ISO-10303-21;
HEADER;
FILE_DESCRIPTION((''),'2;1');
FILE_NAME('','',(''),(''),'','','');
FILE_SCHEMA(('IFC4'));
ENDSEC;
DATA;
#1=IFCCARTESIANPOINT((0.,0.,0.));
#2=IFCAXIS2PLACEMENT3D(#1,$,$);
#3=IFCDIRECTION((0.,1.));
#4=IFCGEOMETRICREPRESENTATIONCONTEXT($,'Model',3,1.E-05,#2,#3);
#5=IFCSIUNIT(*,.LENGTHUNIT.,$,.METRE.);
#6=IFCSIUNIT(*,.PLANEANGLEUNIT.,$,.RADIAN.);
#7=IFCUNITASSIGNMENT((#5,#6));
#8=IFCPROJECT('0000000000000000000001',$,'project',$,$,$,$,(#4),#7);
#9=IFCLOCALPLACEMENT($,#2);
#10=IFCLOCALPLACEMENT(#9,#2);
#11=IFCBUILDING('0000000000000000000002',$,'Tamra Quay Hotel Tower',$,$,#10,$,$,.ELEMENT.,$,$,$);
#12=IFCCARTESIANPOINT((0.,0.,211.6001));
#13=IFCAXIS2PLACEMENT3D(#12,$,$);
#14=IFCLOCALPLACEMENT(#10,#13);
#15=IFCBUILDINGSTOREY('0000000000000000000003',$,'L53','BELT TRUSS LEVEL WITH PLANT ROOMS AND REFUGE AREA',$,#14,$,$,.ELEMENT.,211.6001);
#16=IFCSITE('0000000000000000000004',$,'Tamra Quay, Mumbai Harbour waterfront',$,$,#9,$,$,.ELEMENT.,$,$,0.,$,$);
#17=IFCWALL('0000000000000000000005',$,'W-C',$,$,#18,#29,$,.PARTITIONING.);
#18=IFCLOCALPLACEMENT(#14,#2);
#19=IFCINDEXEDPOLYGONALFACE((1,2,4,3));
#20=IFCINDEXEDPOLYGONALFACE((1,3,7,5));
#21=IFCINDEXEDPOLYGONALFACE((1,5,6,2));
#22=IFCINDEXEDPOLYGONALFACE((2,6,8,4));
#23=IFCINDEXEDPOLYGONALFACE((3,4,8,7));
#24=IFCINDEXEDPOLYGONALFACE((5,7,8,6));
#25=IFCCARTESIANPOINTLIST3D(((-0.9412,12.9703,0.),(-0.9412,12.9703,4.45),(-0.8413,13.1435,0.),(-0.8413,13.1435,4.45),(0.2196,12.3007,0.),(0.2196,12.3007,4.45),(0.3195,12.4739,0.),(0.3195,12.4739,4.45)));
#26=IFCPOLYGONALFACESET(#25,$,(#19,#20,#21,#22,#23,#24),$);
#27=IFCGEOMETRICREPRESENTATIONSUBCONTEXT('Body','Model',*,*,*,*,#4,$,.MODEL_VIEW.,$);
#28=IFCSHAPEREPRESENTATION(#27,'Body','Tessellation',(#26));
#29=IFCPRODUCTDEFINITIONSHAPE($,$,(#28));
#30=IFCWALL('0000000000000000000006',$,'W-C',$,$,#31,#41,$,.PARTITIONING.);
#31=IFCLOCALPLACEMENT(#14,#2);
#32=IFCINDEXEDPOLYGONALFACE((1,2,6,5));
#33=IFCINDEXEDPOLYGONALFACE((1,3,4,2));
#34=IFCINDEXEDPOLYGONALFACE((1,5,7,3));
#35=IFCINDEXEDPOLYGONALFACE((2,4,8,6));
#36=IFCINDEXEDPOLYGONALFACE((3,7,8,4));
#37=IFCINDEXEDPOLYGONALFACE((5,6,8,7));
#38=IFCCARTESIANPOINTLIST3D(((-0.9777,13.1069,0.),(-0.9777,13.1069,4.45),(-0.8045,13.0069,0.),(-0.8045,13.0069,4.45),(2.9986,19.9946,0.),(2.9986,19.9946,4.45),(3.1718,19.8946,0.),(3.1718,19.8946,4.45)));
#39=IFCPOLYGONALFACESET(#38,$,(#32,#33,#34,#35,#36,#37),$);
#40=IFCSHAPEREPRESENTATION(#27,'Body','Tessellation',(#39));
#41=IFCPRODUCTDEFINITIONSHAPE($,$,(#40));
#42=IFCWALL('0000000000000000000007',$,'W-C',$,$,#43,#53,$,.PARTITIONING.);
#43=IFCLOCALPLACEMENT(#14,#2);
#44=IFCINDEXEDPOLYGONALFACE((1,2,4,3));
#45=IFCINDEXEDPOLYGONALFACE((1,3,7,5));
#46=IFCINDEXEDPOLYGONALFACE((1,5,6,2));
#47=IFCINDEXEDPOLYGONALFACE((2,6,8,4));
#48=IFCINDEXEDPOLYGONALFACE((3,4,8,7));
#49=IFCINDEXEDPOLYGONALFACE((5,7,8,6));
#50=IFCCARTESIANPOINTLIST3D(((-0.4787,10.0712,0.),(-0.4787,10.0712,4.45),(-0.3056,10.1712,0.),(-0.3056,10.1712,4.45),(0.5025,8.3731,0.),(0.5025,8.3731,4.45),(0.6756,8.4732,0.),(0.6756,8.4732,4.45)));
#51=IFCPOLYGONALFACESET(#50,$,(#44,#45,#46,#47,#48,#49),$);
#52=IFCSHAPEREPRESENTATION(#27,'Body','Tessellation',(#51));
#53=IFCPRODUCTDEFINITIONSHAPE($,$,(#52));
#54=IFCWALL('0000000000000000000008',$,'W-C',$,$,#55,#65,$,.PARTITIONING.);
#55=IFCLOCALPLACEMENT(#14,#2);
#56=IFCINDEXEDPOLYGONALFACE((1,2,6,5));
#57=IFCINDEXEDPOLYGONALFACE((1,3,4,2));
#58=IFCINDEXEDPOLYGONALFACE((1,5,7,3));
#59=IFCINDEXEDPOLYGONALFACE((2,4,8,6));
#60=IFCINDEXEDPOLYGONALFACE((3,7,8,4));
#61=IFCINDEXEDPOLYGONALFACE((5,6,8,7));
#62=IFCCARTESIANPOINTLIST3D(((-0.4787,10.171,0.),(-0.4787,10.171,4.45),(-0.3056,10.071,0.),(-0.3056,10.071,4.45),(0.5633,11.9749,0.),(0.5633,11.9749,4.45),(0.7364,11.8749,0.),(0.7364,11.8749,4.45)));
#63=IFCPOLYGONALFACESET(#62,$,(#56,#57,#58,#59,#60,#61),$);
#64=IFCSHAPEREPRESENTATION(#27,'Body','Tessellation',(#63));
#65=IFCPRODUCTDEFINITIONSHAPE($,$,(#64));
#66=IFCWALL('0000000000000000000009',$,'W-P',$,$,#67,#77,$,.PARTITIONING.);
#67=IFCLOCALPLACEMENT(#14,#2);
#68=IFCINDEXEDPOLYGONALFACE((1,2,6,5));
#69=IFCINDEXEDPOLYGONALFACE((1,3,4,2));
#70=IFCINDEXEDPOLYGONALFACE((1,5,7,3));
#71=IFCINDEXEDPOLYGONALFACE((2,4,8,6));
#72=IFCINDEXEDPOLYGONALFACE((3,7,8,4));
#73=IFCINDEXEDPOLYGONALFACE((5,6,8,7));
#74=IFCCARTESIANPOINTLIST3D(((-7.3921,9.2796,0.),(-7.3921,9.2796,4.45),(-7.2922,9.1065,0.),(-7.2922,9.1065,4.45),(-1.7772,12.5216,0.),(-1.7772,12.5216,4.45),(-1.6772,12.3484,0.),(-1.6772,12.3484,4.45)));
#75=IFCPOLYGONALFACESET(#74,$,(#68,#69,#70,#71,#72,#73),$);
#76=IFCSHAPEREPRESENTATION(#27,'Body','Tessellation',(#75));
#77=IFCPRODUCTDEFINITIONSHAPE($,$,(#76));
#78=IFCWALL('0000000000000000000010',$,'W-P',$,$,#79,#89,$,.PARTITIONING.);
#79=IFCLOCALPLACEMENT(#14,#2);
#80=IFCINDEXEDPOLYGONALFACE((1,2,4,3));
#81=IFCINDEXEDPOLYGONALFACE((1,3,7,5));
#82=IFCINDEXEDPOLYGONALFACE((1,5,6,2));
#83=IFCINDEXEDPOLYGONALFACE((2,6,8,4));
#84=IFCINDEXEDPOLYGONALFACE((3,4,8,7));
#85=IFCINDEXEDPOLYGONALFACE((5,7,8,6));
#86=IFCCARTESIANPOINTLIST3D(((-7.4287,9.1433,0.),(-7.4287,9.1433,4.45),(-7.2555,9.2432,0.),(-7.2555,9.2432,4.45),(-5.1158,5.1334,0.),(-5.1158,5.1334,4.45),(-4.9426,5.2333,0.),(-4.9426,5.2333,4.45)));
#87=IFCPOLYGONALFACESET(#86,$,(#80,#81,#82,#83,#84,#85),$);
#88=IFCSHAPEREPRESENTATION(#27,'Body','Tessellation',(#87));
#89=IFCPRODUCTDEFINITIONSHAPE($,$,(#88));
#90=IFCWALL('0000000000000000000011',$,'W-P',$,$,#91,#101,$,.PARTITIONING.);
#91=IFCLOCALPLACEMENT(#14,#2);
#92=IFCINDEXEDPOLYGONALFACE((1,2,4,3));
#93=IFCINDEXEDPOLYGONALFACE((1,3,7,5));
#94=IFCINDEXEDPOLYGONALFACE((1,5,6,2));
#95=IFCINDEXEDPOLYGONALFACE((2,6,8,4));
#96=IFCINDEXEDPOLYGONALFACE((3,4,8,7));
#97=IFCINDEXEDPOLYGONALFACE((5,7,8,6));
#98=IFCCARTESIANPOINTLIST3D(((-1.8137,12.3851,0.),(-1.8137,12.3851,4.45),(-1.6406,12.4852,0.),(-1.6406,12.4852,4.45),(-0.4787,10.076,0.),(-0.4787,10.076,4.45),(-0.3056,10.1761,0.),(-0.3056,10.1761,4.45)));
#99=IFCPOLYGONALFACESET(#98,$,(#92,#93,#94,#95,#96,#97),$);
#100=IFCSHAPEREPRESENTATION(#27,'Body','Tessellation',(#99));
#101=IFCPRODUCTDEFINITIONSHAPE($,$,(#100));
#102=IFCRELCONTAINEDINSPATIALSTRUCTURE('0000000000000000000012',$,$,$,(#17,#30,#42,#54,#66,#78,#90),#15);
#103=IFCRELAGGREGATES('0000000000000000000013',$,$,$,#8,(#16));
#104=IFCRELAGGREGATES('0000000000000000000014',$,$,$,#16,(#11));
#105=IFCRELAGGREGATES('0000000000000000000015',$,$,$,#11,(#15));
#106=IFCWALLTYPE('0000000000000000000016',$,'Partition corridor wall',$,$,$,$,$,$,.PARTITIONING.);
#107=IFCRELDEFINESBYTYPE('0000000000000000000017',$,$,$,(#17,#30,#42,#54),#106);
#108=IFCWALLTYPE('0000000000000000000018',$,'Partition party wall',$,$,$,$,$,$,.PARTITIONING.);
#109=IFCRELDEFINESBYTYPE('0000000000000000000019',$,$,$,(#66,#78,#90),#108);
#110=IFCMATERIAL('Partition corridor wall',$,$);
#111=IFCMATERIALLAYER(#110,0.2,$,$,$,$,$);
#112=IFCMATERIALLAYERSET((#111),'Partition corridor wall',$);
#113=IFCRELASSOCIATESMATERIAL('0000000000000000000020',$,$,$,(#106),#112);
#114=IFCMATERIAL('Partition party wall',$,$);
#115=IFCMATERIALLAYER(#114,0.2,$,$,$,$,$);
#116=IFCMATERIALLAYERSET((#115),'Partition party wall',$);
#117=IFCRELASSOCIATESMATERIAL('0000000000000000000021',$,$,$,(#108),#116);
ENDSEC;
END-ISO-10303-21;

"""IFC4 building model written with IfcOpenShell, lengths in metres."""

from ifc_helpers import new_model, si_unit, direction, frame, frame_2d, origin, place, context, subcontext, project, spatial, rectangle, extrude, material, layer, layer_set, type_object, element, save


model = new_model("IFC4")

# Units and contexts
model_context = context("Model", 3, precision=1e-05, world=origin(), true_north=direction((0.0, 1.0)))
body_context = subcontext(model_context, "Body", "Model", "MODEL_VIEW")
ifc_project = project(units=[si_unit("LENGTHUNIT", "METRE"), si_unit("PLANEANGLEUNIT", "RADIAN")], contexts=[model_context])

# Site, building, storey
site_placement = place(None, origin())
site = spatial("IfcSite", under=ifc_project, at=site_placement, Name="Tamra Quay, Mumbai Harbour waterfront", CompositionType="ELEMENT", RefElevation=0.0)
building_placement = place(site_placement, origin())
building = spatial("IfcBuilding", under=site, at=building_placement, Name="Tamra Quay Hotel Tower", CompositionType="ELEMENT")
storey_placement = place(building_placement, frame((0.0, 0.0, 211.6001)))
storey = spatial("IfcBuildingStorey", under=building, at=storey_placement, Name="L53", Description="BELT TRUSS LEVEL WITH PLANT ROOMS AND REFUGE AREA", CompositionType="ELEMENT", Elevation=211.6001)

# Shared definitions
ifc_material_1 = material(Name="Partition corridor wall")
ifc_layer_1 = layer(ifc_material_1, 0.2)
ifc_layer_set_1 = layer_set([ifc_layer_1], Name="Partition corridor wall")
wall_type_1 = type_object("IfcWallType", Name="Partition corridor wall", PredefinedType="PARTITIONING", material=ifc_layer_set_1)

# Walls
wall_1_placement = place(storey_placement, frame((-0.8911, 13.0569, 0.0), z_axis=(0.0, 0.0, 1.0), x_axis=(0.866207, -0.499686, 0.0)))
element("IfcWall", 1, at=wall_1_placement, inside=storey, type_object=wall_type_1, Name="W-C", PredefinedType="PARTITIONING", context=body_context, shape_type="SweptSolid", body=[
    extrude(rectangle(XDim=1.3401, YDim=0.2, at=frame_2d((0.6699, 0.0))), origin(), (0.0, 0.0, 1.0), 4.45),
])
wall_2_placement = place(storey_placement, frame((-0.8911, 13.0569, 0.0), z_axis=(0.0, 0.0, 1.0), x_axis=(0.499972, 0.866041, 0.0)))
element("IfcWall", 2, at=wall_2_placement, inside=storey, type_object=wall_type_1, Name="W-C", PredefinedType="PARTITIONING", context=body_context, shape_type="SweptSolid", body=[
    extrude(rectangle(XDim=7.9531, YDim=0.2, at=frame_2d((3.9766, 0.0))), origin(), (0.0, 0.0, 1.0), 4.45),
])
wall_3_placement = place(storey_placement, frame((-0.3921, 10.1211, 0.0), z_axis=(0.0, 0.0, 1.0), x_axis=(0.500329, -0.865835, 0.0)))
element("IfcWall", 3, at=wall_3_placement, inside=storey, type_object=wall_type_1, Name="W-C", PredefinedType="PARTITIONING", context=body_context, shape_type="SweptSolid", body=[
    extrude(rectangle(XDim=1.9612, YDim=0.2, at=frame_2d((0.9805, 0.0))), origin(), (0.0, 0.0, 1.0), 4.45),
])
wall_4_placement = place(storey_placement, frame((-0.3921, 10.1211, 0.0), z_axis=(0.0, 0.0, 1.0), x_axis=(0.500172, 0.865926, 0.0)))
element("IfcWall", 4, at=wall_4_placement, inside=storey, type_object=wall_type_1, Name="W-C", PredefinedType="PARTITIONING", context=body_context, shape_type="SweptSolid", body=[
    extrude(rectangle(XDim=2.0833, YDim=0.2, at=frame_2d((1.0415, 0.0))), origin(), (0.0, 0.0, 1.0), 4.45),
])
ifc_material_2 = material(Name="Partition party wall")
ifc_layer_2 = layer(ifc_material_2, 0.2)
ifc_layer_set_2 = layer_set([ifc_layer_2], Name="Partition party wall")
wall_type_2 = type_object("IfcWallType", Name="Partition party wall", PredefinedType="PARTITIONING", material=ifc_layer_set_2)
wall_5_placement = place(storey_placement, frame((-7.342, 9.1931, 0.0), z_axis=(0.0, 0.0, 1.0), x_axis=(0.866017, 0.500015, 0.0)))
element("IfcWall", 5, at=wall_5_placement, inside=storey, type_object=wall_type_2, Name="W-P", PredefinedType="PARTITIONING", context=body_context, shape_type="SweptSolid", body=[
    extrude(rectangle(XDim=6.4836, YDim=0.2, at=frame_2d((3.2417, 0.0))), origin(), (0.0, 0.0, 1.0), 4.45),
])
wall_6_placement = place(storey_placement, frame((-7.342, 9.1931, 0.0), z_axis=(0.0, 0.0, 1.0), x_axis=(0.499645, -0.86623, 0.0)))
element("IfcWall", 6, at=wall_6_placement, inside=storey, type_object=wall_type_2, Name="W-P", PredefinedType="PARTITIONING", context=body_context, shape_type="SweptSolid", body=[
    extrude(rectangle(XDim=4.6292, YDim=0.2, at=frame_2d((2.3145, 0.0))), origin(), (0.0, 0.0, 1.0), 4.45),
])
wall_7_placement = place(storey_placement, frame((-1.7271, 12.4351, 0.0), z_axis=(0.0, 0.0, 1.0), x_axis=(0.500509, -0.865731, 0.0)))
element("IfcWall", 7, at=wall_7_placement, inside=storey, type_object=wall_type_2, Name="W-P", PredefinedType="PARTITIONING", context=body_context, shape_type="SweptSolid", body=[
    extrude(rectangle(XDim=2.6672, YDim=0.2, at=frame_2d((1.3335, 0.0))), origin(), (0.0, 0.0, 1.0), 4.45),
])

save(model, "model.ifc")
